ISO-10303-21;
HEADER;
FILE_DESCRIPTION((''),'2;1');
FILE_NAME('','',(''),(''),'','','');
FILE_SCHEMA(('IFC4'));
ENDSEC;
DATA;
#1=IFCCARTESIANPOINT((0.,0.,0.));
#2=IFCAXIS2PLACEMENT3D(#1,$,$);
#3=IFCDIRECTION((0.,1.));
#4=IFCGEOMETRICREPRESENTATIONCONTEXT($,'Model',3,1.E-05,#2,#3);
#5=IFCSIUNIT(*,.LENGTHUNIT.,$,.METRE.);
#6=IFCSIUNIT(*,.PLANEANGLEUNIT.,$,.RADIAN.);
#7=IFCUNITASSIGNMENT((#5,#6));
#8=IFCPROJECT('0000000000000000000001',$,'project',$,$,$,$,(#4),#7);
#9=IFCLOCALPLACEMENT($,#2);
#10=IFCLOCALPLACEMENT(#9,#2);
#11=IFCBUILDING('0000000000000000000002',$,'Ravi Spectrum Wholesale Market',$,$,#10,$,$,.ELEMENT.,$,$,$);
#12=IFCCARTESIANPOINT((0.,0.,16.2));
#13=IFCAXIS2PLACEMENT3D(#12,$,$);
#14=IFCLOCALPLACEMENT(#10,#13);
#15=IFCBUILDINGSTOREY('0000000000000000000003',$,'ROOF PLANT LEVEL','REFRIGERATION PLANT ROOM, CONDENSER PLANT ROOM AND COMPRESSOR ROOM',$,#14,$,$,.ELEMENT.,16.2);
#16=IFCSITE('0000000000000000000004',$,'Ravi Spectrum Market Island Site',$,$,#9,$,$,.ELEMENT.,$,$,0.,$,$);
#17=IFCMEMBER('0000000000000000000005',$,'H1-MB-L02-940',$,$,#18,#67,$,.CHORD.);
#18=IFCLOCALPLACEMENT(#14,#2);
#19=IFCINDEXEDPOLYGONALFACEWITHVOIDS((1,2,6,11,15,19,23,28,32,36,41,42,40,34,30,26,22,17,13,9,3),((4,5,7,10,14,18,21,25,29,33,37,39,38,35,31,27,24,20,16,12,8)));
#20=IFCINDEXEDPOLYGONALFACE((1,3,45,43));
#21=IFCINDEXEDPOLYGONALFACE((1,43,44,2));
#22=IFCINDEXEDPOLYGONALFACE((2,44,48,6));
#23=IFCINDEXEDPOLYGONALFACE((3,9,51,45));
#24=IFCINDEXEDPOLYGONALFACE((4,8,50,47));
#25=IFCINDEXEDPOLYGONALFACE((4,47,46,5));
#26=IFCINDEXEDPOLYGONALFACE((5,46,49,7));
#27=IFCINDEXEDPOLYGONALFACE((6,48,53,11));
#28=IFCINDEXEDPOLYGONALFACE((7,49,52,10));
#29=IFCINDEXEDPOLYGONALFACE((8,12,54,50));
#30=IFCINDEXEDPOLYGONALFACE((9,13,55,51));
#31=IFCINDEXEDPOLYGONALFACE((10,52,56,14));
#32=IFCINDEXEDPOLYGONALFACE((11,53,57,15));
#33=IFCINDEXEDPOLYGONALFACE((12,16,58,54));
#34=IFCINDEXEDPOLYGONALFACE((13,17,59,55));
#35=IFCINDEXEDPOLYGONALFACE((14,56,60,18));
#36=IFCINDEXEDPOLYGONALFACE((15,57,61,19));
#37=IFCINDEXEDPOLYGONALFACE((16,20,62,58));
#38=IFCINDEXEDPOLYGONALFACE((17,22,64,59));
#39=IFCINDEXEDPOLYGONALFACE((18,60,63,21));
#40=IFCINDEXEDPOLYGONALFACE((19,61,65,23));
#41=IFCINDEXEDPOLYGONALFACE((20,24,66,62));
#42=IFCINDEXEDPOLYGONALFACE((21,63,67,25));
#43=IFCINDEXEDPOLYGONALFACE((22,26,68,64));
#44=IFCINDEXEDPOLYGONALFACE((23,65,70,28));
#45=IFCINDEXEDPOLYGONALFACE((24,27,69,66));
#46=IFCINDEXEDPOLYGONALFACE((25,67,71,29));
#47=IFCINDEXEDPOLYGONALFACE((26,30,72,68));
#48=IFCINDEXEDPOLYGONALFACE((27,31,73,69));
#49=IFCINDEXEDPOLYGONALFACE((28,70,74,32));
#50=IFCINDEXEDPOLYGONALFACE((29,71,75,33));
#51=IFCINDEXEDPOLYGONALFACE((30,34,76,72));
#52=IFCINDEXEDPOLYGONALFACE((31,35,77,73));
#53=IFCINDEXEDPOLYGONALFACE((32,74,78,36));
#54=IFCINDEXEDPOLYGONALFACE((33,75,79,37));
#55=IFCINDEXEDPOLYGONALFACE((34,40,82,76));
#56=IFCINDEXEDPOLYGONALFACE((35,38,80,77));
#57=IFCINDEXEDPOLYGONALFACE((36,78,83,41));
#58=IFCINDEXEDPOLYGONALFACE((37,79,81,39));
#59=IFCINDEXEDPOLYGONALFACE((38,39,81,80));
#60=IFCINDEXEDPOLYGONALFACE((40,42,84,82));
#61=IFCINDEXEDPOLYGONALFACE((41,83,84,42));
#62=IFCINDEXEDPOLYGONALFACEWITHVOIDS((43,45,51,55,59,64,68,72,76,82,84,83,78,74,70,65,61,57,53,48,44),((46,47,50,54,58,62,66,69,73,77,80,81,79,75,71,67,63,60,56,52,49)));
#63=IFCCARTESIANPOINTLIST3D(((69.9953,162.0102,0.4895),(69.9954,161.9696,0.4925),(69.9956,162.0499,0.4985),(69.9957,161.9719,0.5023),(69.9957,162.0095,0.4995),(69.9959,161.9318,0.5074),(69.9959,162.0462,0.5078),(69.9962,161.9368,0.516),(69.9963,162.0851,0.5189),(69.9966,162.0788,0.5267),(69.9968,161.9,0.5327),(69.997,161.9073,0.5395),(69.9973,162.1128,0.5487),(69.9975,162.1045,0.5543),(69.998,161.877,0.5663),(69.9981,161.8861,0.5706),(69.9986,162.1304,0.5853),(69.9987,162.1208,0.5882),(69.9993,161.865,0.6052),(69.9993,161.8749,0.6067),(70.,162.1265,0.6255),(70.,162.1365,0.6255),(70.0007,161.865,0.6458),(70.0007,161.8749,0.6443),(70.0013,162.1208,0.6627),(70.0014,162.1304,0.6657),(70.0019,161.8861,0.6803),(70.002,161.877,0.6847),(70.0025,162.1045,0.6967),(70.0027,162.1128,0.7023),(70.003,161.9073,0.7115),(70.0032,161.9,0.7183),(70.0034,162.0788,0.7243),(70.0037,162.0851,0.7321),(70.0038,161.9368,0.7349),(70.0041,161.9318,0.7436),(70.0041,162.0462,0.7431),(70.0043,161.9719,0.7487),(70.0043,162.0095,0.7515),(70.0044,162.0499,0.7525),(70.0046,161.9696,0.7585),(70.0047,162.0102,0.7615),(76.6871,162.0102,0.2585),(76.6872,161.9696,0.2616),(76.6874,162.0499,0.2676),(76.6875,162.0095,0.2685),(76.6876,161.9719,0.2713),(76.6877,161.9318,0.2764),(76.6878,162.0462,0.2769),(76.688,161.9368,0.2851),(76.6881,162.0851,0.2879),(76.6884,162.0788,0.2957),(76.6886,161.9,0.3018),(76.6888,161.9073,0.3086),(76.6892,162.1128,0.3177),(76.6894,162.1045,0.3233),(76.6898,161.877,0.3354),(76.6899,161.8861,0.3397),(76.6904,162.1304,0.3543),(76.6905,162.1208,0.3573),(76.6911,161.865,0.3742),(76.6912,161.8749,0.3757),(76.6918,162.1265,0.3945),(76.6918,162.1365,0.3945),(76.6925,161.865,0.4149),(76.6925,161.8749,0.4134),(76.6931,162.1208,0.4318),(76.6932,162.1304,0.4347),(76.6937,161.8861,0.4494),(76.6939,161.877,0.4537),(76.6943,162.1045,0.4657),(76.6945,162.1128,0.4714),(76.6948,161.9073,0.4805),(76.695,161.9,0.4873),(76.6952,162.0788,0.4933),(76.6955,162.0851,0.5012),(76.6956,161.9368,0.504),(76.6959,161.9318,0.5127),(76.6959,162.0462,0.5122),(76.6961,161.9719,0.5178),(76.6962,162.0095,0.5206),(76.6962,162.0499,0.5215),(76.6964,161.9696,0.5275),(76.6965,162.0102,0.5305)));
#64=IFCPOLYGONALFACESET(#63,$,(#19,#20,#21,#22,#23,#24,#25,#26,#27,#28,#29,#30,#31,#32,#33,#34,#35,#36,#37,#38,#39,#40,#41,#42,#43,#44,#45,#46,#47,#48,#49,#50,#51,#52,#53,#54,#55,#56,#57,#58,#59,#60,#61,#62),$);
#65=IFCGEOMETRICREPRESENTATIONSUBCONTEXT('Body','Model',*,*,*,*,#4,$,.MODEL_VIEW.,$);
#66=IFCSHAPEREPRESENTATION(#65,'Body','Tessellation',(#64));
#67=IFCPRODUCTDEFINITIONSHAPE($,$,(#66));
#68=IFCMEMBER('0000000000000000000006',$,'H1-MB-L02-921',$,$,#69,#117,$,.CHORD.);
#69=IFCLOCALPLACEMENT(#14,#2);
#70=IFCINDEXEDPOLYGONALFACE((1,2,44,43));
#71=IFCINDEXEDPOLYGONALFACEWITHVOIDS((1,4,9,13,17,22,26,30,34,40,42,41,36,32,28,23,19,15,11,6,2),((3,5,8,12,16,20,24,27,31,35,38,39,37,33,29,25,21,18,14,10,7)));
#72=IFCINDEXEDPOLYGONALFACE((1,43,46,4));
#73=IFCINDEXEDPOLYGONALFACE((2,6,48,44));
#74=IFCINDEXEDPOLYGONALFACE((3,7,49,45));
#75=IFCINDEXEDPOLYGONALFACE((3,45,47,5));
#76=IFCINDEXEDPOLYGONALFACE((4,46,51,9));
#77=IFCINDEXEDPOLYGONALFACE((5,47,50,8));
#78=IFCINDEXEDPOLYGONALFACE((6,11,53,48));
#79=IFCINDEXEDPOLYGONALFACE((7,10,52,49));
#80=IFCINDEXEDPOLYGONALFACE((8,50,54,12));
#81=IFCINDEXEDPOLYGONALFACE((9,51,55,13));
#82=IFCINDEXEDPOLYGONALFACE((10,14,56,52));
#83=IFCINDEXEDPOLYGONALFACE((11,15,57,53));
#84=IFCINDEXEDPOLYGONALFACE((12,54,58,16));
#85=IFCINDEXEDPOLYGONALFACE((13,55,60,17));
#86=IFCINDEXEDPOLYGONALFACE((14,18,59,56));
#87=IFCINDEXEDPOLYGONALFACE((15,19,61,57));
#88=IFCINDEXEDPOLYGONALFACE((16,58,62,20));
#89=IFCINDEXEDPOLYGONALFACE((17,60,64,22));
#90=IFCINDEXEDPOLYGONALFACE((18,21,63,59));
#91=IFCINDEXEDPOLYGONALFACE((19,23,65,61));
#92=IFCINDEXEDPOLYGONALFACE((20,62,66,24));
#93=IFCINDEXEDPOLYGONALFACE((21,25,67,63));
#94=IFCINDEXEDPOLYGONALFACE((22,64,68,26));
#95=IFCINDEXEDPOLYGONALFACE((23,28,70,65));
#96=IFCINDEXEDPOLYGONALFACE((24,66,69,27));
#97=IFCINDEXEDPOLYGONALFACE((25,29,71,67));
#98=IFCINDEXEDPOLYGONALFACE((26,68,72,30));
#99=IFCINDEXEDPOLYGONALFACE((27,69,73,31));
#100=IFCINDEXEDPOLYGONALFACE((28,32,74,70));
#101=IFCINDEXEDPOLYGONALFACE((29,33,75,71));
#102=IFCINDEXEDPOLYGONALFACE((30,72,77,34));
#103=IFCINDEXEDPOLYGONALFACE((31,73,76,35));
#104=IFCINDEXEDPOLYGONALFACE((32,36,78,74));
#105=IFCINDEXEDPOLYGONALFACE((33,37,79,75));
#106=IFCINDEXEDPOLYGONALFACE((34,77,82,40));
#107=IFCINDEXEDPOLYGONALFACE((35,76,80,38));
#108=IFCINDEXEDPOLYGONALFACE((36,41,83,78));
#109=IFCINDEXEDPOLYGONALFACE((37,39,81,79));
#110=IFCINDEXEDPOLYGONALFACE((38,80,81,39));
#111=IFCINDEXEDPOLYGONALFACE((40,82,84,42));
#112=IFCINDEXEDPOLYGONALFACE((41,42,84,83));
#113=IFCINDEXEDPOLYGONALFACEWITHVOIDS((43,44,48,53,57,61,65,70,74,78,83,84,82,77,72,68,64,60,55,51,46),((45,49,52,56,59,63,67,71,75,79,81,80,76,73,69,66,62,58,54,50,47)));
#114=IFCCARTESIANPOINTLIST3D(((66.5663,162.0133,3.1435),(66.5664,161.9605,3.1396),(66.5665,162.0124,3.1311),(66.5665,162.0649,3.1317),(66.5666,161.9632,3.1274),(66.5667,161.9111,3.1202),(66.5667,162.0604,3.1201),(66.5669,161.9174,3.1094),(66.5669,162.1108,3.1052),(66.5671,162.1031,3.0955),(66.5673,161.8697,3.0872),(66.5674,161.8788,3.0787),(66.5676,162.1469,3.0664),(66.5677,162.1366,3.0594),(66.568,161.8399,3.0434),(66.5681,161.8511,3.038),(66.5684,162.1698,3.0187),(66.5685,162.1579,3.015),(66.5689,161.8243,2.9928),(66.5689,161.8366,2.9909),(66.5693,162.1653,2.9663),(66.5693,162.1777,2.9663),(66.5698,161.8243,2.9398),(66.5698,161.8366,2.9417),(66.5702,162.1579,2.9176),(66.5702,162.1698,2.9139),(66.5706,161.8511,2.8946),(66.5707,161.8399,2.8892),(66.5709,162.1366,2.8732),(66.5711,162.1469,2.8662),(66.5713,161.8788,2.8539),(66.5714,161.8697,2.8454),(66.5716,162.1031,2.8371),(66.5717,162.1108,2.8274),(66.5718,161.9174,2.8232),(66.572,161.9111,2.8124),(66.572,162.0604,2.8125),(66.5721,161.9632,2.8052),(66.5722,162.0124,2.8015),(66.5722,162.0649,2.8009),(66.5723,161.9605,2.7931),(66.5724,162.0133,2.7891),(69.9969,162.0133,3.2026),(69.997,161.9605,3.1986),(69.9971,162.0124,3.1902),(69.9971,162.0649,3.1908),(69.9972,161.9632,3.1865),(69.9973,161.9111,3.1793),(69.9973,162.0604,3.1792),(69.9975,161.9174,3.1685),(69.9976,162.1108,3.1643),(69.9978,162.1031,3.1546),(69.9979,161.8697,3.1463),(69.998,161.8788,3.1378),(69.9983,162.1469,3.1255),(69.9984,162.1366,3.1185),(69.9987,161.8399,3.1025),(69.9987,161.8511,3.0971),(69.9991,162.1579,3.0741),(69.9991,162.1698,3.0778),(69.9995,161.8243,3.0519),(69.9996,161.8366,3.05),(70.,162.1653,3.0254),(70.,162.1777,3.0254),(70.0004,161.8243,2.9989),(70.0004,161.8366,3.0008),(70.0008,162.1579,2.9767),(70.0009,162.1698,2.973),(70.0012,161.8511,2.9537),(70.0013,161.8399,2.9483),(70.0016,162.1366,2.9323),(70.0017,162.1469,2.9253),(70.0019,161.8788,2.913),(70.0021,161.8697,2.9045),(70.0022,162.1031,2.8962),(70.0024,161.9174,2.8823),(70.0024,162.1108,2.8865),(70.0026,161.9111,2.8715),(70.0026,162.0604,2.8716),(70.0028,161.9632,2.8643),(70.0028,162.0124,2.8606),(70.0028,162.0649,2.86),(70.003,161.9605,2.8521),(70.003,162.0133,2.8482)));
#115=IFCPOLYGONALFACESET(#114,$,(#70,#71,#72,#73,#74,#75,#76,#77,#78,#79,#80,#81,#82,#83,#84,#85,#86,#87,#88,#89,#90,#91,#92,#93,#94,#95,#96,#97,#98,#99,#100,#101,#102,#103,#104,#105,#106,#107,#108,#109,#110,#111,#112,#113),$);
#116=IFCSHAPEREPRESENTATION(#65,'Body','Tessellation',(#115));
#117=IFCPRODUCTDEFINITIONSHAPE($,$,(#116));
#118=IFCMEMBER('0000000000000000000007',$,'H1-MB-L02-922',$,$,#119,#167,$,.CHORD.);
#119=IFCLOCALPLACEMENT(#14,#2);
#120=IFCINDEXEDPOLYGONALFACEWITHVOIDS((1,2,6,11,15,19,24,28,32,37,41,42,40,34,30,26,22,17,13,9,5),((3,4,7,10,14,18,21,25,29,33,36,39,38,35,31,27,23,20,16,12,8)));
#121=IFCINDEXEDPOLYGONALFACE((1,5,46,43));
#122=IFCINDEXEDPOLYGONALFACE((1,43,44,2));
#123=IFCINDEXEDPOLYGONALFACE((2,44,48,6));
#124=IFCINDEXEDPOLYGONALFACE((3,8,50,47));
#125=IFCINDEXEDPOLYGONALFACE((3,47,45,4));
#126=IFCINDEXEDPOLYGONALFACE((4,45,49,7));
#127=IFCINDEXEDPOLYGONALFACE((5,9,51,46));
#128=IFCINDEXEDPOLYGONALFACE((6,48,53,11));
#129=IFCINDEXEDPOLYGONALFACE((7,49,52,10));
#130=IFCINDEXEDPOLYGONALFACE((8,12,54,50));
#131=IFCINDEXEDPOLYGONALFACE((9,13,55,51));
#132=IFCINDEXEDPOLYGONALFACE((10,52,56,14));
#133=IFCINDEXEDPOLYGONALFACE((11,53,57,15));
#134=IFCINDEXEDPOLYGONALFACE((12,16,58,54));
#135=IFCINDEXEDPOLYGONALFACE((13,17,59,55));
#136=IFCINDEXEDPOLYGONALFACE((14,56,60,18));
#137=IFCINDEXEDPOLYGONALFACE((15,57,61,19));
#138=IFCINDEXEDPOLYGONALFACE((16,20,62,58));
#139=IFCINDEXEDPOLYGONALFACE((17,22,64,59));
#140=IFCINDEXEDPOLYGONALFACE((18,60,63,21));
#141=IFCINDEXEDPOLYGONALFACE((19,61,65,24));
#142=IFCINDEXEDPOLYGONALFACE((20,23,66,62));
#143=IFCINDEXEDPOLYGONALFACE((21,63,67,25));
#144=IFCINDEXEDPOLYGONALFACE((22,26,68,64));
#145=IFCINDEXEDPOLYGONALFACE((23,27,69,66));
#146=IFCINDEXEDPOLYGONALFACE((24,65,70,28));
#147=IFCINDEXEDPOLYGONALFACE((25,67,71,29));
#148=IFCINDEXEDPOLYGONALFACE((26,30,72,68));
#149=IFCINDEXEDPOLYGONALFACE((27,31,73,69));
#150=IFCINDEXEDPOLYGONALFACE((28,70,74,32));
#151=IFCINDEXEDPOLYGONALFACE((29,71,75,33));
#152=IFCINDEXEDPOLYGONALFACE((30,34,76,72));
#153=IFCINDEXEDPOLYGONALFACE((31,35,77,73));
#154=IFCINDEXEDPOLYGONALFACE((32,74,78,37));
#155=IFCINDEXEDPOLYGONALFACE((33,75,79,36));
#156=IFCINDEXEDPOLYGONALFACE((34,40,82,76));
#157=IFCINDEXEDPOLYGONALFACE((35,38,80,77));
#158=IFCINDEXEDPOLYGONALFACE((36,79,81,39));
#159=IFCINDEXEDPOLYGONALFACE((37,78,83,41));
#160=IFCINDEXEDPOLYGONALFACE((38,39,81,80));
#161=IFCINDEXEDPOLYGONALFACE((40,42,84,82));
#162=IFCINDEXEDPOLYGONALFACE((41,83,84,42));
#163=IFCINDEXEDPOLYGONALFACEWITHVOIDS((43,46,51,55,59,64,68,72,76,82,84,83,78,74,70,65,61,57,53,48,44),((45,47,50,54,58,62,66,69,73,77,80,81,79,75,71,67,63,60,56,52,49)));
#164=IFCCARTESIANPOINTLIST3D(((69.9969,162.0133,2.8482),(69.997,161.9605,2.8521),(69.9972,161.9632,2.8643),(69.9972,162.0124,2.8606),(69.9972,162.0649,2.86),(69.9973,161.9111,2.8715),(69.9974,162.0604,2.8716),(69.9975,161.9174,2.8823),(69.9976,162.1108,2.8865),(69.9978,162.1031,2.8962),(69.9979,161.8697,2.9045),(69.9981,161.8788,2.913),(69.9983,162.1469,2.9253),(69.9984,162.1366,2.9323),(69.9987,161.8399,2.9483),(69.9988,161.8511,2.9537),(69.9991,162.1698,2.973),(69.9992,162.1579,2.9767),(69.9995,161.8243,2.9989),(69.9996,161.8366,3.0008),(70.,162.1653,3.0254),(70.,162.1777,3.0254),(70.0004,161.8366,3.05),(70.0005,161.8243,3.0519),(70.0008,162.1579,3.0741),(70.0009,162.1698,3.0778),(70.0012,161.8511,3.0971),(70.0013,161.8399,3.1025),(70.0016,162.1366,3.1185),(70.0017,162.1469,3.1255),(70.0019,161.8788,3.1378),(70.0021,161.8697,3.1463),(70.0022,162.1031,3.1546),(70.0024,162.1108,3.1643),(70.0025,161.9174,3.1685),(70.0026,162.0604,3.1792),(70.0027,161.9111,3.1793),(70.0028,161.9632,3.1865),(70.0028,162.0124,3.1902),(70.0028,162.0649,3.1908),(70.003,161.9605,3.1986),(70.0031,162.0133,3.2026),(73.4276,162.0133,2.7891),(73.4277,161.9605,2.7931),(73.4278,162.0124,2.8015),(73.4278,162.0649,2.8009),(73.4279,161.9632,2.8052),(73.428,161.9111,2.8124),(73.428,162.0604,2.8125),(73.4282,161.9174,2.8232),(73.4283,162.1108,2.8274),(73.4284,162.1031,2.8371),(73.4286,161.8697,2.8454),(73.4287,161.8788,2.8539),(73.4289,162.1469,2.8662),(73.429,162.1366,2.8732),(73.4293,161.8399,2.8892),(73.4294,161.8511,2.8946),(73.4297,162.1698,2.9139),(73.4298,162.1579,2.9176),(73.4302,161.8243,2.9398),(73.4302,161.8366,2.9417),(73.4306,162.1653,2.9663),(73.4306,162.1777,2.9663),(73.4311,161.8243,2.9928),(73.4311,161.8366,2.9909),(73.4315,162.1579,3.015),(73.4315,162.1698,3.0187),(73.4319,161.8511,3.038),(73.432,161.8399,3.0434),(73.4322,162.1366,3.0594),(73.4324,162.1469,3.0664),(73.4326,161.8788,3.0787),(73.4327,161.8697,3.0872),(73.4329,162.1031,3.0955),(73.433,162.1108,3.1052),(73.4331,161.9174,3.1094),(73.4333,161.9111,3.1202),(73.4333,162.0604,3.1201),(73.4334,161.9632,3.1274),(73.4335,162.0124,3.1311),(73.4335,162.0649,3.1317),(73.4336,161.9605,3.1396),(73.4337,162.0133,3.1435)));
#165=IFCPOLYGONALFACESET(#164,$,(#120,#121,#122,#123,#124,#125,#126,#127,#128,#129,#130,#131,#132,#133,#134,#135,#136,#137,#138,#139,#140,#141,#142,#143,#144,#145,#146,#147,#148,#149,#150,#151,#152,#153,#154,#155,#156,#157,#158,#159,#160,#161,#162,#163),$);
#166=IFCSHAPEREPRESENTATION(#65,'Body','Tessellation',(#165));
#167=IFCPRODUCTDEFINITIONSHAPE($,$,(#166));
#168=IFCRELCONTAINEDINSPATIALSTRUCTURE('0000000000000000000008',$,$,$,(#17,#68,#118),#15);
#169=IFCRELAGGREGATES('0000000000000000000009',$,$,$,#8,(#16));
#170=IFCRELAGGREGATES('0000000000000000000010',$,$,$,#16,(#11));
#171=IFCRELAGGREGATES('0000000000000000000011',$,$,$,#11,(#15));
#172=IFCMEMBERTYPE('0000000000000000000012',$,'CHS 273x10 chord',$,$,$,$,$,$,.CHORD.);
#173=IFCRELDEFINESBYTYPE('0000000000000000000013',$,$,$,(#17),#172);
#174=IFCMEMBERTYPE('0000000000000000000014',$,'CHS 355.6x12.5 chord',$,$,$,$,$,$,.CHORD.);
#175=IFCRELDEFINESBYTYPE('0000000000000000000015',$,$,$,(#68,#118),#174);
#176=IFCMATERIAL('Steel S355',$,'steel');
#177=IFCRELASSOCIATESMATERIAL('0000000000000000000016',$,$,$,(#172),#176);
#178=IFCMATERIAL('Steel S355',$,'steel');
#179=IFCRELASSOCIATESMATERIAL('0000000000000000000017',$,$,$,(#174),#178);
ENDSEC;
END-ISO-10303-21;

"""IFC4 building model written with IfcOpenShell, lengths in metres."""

from ifc_helpers import new_model, si_unit, direction, frame, origin, origin_2d, place, context, subcontext, project, spatial, hollow_circle, extrude, material, material_profile, profile_set, type_object, element, save


model = new_model("IFC4")

# Units and contexts
model_context = context("Model", 3, precision=1e-05, world=origin(), true_north=direction((0.0, 1.0)))
body_context = subcontext(model_context, "Body", "Model", "MODEL_VIEW")
ifc_project = project(units=[si_unit("LENGTHUNIT", "METRE"), si_unit("PLANEANGLEUNIT", "RADIAN")], contexts=[model_context])

# Site, building, storey
site_placement = place(None, origin())
site = spatial("IfcSite", under=ifc_project, at=site_placement, Name="Ravi Spectrum Market Island Site", CompositionType="ELEMENT", RefElevation=0.0)
building_placement = place(site_placement, origin())
building = spatial("IfcBuilding", under=site, at=building_placement, Name="Ravi Spectrum Wholesale Market", CompositionType="ELEMENT")
storey_placement = place(building_placement, frame((0.0, 0.0, 16.2)))
storey = spatial("IfcBuildingStorey", under=building, at=storey_placement, Name="ROOF PLANT LEVEL", Description="REFRIGERATION PLANT ROOM, CONDENSER PLANT ROOM AND COMPRESSOR ROOM", CompositionType="ELEMENT", Elevation=16.2)

# Members
ifc_material_1 = material(Name="Steel S355", Category="steel")
ifc_material_profile_1 = material_profile(ifc_material_1, hollow_circle(Radius=0.1365, WallThickness=0.01, at=origin_2d()))
ifc_profile_set_1 = profile_set([ifc_material_profile_1], Name="Steel S355")
member_type_1 = type_object("IfcMemberType", Name="CHS 273x10 chord", PredefinedType="CHORD", material=ifc_profile_set_1)
for number, where, z_axis, x_axis, name in (
    (1, (70.0, 162.0, 0.6255), (0.999405, 0.0, -0.034492), (0.0, 1.0, 0.0), "H1-MB-L02-940"),
):
    element("IfcMember", number, at=place(storey_placement, frame(where, z_axis=z_axis, x_axis=x_axis)), inside=storey, type_object=member_type_1, Name=name, PredefinedType="CHORD", context=body_context, shape_type="SweptSolid", body=[
        extrude(hollow_circle(Radius=0.1365, WallThickness=0.01, at=origin_2d()), origin(), (0.0, 0.0, 1.0), 6.6958),
    ])
ifc_material_2 = material(Name="Steel S355", Category="steel")
ifc_material_profile_2 = material_profile(ifc_material_2, hollow_circle(Radius=0.1777, WallThickness=0.0125, at=origin_2d()))
ifc_profile_set_2 = profile_set([ifc_material_profile_2], Name="Steel S355")
member_type_2 = type_object("IfcMemberType", Name="CHS 355.6x12.5 chord", PredefinedType="CHORD", material=ifc_profile_set_2)
for number, where, z_axis, x_axis, name in (
    (2, (66.5693, 162.0, 2.9663), (0.999852, 0.0, 0.017219), (0.0, 1.0, 0.0), "H1-MB-L02-921"),
    (3, (70.0, 162.0, 3.0254), (0.999852, 0.0, -0.017219), (0.0, 1.0, 0.0), "H1-MB-L02-922"),
):
    element("IfcMember", number, at=place(storey_placement, frame(where, z_axis=z_axis, x_axis=x_axis)), inside=storey, type_object=member_type_2, Name=name, PredefinedType="CHORD", context=body_context, shape_type="SweptSolid", body=[
        extrude(hollow_circle(Radius=0.1777, WallThickness=0.0125, at=origin_2d()), origin(), (0.0, 0.0, 1.0), 3.4312),
    ])

save(model, "model.ifc")
